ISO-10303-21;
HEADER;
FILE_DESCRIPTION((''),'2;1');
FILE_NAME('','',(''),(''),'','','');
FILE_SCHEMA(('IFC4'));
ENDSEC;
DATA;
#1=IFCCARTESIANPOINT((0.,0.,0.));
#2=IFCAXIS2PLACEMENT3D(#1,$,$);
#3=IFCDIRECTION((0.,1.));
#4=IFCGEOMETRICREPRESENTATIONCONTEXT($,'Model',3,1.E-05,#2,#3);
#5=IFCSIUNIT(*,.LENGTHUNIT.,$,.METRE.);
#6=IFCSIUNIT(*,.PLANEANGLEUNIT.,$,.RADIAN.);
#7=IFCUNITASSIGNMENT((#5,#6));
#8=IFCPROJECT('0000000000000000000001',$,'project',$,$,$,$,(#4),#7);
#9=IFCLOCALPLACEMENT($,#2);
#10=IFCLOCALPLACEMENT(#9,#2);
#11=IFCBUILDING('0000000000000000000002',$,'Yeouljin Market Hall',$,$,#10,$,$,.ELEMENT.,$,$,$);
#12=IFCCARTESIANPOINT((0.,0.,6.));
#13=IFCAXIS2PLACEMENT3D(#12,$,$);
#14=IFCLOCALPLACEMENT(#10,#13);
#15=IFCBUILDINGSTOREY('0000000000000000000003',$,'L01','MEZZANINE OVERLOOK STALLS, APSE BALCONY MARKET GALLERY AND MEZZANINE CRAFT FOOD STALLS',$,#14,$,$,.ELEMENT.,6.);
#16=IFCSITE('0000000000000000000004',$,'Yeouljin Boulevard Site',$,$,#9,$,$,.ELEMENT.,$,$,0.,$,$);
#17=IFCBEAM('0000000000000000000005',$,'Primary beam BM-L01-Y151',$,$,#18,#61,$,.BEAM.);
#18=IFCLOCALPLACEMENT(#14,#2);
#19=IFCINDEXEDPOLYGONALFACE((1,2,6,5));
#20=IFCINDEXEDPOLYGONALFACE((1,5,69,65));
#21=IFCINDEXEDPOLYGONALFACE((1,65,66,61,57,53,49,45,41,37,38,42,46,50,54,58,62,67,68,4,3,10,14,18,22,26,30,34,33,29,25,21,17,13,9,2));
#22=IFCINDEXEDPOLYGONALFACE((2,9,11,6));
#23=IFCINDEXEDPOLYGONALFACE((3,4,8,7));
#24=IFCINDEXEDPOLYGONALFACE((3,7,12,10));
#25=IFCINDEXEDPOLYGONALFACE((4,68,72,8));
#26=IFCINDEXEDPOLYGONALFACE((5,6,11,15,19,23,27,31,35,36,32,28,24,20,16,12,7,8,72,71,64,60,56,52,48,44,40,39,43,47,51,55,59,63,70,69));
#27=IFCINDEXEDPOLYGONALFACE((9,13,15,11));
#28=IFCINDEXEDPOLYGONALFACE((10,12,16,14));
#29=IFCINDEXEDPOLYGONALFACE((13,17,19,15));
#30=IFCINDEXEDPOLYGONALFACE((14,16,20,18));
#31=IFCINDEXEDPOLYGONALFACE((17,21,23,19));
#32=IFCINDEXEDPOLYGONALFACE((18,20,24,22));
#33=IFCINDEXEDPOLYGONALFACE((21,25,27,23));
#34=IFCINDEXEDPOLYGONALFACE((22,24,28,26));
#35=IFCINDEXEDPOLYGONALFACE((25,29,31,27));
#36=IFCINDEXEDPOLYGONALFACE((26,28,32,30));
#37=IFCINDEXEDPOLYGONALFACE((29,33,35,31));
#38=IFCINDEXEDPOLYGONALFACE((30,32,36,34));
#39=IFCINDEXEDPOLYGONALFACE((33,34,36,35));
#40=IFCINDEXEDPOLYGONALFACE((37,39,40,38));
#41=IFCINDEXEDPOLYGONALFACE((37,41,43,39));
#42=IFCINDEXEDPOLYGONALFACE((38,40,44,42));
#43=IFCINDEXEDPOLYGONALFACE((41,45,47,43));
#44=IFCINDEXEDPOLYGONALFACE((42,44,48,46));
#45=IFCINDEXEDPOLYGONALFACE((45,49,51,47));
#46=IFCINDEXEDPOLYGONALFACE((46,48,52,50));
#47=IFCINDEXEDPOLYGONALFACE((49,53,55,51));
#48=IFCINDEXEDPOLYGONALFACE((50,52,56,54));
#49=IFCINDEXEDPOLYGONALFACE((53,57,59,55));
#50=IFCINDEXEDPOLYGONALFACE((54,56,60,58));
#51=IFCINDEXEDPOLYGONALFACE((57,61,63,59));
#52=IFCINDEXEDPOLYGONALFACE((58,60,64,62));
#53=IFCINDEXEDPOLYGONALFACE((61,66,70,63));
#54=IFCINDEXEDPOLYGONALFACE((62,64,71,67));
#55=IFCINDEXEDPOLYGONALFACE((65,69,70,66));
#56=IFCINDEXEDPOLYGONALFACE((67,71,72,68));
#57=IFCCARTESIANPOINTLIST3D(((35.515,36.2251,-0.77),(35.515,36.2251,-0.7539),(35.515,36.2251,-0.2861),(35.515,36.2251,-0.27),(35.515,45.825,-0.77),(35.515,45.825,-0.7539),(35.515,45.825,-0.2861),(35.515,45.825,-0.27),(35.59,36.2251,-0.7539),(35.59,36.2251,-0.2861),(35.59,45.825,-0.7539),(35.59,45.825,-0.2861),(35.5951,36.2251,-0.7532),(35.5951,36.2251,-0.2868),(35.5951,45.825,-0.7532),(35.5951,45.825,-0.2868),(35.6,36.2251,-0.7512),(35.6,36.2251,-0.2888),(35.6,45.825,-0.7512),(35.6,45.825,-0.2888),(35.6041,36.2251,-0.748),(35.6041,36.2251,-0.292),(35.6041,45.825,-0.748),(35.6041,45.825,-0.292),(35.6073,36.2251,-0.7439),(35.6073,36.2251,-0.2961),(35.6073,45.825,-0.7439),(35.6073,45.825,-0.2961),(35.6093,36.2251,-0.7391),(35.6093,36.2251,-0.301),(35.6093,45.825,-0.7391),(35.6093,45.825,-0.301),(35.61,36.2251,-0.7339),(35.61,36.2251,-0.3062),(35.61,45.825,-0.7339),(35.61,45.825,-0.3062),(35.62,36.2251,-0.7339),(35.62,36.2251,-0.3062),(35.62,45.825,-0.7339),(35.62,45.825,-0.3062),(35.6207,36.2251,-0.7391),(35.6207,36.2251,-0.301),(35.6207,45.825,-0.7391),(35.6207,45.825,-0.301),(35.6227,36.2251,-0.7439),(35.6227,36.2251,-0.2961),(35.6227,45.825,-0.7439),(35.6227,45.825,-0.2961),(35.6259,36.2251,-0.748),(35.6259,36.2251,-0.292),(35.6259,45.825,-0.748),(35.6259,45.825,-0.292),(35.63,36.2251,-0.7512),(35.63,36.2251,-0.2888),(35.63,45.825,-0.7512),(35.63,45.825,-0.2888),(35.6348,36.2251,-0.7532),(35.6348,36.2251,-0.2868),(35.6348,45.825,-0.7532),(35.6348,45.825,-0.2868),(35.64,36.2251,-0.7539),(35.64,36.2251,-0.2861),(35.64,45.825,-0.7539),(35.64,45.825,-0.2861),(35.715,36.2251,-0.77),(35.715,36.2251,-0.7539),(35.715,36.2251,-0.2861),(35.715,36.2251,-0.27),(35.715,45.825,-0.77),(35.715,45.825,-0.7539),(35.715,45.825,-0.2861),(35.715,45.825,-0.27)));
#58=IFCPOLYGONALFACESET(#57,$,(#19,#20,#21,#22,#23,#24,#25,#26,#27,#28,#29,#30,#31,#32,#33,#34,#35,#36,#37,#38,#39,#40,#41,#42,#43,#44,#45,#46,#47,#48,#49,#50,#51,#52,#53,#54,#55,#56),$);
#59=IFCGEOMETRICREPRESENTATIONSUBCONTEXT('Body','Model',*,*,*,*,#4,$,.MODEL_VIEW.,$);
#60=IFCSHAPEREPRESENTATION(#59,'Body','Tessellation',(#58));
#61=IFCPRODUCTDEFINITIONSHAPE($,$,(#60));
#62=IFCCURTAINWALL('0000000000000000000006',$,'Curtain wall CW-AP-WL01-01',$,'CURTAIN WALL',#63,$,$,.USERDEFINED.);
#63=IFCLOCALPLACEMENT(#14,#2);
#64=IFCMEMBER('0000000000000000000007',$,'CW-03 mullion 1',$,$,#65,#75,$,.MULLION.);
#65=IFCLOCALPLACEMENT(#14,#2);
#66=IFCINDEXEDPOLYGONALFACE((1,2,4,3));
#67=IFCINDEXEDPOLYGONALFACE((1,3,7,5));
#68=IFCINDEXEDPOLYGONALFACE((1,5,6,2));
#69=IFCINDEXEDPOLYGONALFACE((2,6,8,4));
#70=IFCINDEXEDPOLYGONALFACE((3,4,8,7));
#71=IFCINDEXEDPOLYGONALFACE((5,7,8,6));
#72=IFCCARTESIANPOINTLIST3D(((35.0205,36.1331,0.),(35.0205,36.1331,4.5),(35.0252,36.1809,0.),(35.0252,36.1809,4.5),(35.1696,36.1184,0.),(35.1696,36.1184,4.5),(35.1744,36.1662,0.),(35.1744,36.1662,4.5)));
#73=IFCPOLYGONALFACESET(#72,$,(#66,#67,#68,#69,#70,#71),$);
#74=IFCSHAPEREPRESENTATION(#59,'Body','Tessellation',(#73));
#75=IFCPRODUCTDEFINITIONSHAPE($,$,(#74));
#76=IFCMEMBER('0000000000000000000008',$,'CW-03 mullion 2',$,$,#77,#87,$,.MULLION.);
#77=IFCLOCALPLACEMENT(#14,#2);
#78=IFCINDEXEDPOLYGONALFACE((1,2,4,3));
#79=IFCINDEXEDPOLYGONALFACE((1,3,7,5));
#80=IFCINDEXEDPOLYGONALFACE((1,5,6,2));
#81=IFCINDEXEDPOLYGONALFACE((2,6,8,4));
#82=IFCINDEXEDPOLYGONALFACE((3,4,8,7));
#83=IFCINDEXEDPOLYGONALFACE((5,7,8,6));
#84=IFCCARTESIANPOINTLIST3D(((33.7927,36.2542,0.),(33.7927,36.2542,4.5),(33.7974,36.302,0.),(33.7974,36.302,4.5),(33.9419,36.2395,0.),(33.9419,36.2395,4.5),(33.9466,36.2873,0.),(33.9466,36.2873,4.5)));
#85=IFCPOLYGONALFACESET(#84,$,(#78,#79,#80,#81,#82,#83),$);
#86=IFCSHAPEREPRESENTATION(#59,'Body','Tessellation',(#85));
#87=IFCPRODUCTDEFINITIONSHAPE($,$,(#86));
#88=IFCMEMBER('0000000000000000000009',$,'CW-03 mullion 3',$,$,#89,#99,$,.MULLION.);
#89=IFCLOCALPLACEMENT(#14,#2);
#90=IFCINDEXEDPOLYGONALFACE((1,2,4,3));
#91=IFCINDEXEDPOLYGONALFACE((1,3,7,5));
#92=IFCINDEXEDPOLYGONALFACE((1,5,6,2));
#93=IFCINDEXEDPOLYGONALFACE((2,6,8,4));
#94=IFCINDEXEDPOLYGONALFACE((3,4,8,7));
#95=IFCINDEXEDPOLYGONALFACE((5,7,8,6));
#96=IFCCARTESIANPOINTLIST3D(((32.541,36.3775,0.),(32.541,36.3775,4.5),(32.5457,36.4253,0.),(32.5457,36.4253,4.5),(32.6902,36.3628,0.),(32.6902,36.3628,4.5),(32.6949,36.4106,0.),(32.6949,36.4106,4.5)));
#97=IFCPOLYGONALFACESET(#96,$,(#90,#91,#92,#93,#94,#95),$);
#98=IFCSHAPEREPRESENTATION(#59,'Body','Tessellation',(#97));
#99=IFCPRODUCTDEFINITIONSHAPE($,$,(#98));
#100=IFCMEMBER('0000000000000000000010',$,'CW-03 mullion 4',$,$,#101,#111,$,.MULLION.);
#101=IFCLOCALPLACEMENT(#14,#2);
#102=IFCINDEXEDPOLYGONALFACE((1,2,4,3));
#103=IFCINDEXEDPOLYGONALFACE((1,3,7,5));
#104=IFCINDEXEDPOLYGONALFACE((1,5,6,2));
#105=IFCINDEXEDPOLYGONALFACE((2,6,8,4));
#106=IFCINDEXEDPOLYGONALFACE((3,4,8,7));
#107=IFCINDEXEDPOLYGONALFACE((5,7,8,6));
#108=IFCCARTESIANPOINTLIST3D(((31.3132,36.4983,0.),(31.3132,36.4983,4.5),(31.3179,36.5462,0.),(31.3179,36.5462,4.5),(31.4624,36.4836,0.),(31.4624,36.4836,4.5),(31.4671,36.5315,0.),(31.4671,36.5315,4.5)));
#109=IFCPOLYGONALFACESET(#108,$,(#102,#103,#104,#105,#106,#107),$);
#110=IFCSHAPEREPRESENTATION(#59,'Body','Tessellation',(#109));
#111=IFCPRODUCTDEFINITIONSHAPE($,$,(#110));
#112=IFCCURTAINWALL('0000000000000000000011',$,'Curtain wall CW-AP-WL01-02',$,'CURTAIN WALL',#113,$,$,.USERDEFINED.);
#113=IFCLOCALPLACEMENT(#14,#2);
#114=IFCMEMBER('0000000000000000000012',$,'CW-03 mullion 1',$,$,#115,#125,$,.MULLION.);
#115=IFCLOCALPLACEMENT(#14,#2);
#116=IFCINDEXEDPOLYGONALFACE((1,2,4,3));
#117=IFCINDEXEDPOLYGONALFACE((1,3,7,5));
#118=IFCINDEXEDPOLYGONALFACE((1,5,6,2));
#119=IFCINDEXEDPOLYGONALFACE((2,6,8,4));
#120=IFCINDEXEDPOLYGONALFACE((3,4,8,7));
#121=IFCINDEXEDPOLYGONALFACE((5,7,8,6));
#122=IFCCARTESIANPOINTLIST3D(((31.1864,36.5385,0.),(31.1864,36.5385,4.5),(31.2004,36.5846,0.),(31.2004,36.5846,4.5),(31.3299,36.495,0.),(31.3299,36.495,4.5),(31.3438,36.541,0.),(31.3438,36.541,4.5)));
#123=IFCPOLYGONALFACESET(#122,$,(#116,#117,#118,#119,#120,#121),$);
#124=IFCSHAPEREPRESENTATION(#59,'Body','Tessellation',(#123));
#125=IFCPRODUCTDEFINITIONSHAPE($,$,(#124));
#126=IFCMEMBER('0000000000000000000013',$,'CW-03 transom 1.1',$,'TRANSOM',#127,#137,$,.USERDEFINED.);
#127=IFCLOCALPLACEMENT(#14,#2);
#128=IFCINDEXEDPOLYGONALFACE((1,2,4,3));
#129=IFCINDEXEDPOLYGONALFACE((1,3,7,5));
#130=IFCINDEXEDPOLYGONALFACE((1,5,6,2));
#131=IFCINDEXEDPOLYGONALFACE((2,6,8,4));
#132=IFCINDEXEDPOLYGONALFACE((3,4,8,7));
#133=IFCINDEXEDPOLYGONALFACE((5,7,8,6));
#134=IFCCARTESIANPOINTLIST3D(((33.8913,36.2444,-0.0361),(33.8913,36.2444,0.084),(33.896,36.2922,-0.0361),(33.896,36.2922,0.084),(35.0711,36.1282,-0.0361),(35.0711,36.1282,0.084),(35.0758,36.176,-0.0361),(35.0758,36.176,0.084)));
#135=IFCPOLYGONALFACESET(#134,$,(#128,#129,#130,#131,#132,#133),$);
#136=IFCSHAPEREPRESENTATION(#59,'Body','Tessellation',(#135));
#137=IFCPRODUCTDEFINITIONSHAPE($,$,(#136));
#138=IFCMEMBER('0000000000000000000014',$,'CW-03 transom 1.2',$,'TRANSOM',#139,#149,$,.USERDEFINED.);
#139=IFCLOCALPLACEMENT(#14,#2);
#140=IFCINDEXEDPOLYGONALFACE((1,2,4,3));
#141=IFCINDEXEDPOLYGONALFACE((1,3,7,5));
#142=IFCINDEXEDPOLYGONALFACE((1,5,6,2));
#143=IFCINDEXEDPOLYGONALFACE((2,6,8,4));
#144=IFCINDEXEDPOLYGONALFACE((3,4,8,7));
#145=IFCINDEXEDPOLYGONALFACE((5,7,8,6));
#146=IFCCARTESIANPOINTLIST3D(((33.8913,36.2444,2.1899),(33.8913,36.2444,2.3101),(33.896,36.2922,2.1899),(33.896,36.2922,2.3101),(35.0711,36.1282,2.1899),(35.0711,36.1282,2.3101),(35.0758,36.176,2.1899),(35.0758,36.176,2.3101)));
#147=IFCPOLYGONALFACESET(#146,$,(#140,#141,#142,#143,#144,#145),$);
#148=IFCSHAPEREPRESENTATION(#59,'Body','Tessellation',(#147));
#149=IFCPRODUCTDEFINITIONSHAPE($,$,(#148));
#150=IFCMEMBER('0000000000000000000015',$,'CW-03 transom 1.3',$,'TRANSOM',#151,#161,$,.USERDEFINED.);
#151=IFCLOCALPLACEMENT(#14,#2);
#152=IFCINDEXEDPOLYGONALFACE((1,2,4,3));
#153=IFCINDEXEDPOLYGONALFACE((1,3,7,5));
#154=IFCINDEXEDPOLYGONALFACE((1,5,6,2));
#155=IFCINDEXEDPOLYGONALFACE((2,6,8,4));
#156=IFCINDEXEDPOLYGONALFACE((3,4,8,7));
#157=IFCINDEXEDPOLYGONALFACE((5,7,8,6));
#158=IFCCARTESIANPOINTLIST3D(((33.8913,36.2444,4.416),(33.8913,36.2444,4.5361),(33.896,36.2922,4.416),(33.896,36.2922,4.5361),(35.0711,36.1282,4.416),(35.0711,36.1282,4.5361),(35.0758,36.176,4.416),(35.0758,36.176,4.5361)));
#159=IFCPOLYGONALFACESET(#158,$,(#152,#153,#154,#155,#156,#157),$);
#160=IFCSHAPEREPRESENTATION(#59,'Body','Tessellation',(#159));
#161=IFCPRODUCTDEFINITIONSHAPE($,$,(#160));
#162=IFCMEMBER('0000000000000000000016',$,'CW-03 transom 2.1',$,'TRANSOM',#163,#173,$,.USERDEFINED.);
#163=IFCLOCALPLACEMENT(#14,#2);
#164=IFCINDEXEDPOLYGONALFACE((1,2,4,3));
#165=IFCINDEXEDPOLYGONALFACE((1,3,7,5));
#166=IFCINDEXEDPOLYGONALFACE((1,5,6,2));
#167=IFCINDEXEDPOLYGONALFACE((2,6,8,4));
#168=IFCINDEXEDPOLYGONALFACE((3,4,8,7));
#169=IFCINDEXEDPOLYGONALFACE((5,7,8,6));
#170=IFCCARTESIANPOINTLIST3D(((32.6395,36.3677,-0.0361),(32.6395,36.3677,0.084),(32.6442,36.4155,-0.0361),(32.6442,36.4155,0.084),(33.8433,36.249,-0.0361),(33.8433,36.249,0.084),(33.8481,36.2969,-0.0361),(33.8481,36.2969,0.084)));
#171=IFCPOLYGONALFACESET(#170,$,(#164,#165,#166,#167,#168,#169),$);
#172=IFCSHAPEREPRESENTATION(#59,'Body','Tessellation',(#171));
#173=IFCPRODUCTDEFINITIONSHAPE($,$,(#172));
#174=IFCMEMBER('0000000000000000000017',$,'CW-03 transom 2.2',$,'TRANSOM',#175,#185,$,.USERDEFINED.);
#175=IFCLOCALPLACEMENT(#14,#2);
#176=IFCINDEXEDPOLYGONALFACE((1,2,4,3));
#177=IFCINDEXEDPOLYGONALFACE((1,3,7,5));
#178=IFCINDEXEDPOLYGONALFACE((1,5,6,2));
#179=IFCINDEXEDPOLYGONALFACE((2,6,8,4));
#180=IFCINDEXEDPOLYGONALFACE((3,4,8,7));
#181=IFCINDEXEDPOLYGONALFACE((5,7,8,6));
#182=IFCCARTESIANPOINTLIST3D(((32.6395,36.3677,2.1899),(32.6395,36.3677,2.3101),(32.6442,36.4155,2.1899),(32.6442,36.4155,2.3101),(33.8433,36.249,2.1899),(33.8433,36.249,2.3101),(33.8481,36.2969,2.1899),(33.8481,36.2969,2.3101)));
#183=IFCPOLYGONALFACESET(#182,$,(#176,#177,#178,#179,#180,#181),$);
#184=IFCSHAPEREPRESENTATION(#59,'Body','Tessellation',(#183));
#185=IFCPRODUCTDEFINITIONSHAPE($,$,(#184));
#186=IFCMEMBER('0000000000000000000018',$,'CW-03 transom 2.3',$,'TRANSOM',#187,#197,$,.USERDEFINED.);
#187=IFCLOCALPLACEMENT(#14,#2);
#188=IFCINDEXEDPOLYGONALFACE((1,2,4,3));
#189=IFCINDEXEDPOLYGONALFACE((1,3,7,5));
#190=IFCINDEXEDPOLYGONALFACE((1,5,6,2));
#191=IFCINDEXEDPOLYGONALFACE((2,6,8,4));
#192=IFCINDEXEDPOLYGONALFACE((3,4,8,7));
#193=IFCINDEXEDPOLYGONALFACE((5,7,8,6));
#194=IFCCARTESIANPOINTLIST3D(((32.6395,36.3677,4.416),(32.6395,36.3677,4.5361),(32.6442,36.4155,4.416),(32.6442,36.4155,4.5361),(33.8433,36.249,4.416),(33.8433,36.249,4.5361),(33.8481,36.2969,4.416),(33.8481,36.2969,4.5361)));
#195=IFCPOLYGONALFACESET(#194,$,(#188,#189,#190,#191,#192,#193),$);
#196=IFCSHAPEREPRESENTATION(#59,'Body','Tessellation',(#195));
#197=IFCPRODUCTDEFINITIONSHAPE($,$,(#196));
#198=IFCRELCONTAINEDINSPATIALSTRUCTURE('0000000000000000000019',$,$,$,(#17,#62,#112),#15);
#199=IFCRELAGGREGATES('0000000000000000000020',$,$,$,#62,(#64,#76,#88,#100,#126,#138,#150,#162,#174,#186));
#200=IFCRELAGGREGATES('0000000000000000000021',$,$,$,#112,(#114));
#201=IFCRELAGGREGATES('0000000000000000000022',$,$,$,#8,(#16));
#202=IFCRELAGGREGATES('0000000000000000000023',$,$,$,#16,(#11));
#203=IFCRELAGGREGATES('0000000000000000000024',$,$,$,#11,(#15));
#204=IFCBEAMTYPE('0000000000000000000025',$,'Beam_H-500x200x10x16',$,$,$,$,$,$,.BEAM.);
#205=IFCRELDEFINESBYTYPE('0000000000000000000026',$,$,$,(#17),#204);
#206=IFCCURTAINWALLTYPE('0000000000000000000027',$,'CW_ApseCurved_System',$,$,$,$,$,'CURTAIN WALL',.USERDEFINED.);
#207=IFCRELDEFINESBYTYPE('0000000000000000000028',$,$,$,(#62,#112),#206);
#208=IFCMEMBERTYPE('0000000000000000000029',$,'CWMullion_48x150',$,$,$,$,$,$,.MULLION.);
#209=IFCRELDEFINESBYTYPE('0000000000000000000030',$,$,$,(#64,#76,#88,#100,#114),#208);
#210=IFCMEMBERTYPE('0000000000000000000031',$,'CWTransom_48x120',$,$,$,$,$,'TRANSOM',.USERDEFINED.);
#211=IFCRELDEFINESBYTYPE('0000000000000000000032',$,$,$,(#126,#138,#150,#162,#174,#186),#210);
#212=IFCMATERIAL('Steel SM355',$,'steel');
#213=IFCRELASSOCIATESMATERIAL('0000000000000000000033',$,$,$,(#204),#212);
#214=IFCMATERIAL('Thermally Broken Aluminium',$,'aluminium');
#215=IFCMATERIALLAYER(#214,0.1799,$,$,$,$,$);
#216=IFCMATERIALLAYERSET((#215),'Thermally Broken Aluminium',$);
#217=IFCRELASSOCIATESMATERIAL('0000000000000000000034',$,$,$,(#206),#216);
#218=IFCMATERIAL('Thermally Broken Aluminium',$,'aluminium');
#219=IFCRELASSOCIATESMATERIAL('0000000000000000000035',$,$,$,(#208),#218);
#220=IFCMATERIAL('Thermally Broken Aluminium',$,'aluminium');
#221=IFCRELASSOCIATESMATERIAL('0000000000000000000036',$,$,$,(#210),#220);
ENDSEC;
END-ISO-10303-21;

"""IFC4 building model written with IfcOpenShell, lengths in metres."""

from ifc_helpers import new_model, si_unit, direction, frame, origin, origin_2d, place, context, subcontext, project, spatial, rectangle, i_section, extrude, material, layer, layer_set, material_profile, profile_set, type_object, element, aggregate, save


model = new_model("IFC4")

# Units and contexts
model_context = context("Model", 3, precision=1e-05, world=origin(), true_north=direction((0.0, 1.0)))
body_context = subcontext(model_context, "Body", "Model", "MODEL_VIEW")
ifc_project = project(units=[si_unit("LENGTHUNIT", "METRE"), si_unit("PLANEANGLEUNIT", "RADIAN")], contexts=[model_context])

# Site, building, storey
site_placement = place(None, origin())
site = spatial("IfcSite", under=ifc_project, at=site_placement, Name="Yeouljin Boulevard Site", CompositionType="ELEMENT", RefElevation=0.0)
building_placement = place(site_placement, origin())
building = spatial("IfcBuilding", under=site, at=building_placement, Name="Yeouljin Market Hall", CompositionType="ELEMENT")
storey_placement = place(building_placement, frame((0.0, 0.0, 6.0)))
storey = spatial("IfcBuildingStorey", under=building, at=storey_placement, Name="L01", Description="MEZZANINE OVERLOOK STALLS, APSE BALCONY MARKET GALLERY AND MEZZANINE CRAFT FOOD STALLS", CompositionType="ELEMENT", Elevation=6.0)

# Beam
ifc_material_1 = material(Name="Steel SM355", Category="steel")
ifc_material_profile_1 = material_profile(ifc_material_1, i_section(OverallWidth=0.2, OverallDepth=0.5, WebThickness=0.01, FlangeThickness=0.0161, FilletRadius=0.02, at=origin_2d()), Name="H-500x200x10x16")
ifc_profile_set_1 = profile_set([ifc_material_profile_1], Name="Steel SM355")
beam_type = type_object("IfcBeamType", Name="Beam_H-500x200x10x16", PredefinedType="BEAM", material=ifc_profile_set_1)
beam_placement = place(storey_placement, frame((35.615, 36.2251, -0.52), z_axis=(0.0, 1.0, 0.0), x_axis=(-1.0, 0.0, 0.0)))
element("IfcBeam", 1, at=beam_placement, inside=storey, type_object=beam_type, Name="Primary beam BM-L01-Y151", PredefinedType="BEAM", context=body_context, shape_type="SweptSolid", body=[
    extrude(i_section(OverallWidth=0.2, OverallDepth=0.5, WebThickness=0.01, FlangeThickness=0.0161, FilletRadius=0.02, at=origin_2d()), origin(), (0.0, 0.0, 1.0), 9.5999),
])

# Curtain wall, members
ifc_material_2 = material(Name="Thermally Broken Aluminium", Category="aluminium")
ifc_layer_1 = layer(ifc_material_2, 0.1799)
ifc_layer_set_1 = layer_set([ifc_layer_1], Name="Thermally Broken Aluminium")
curtain_wall_type = type_object("IfcCurtainWallType", Name="CW_ApseCurved_System", ElementType="CURTAIN WALL", PredefinedType="USERDEFINED", material=ifc_layer_set_1)
curtain_wall_1_placement = place(storey_placement, origin())
curtain_wall_1 = element("IfcCurtainWall", 2, at=curtain_wall_1_placement, inside=storey, type_object=curtain_wall_type, Name="Curtain wall CW-AP-WL01-01", ObjectType="CURTAIN WALL", PredefinedType="USERDEFINED")
ifc_material_3 = material(Name="Thermally Broken Aluminium", Category="aluminium")
ifc_material_profile_2 = material_profile(ifc_material_3, rectangle(XDim=0.0481, YDim=0.1499, at=origin_2d()), Name="CW-MULL-48x150")
ifc_profile_set_2 = profile_set([ifc_material_profile_2], Name="Thermally Broken Aluminium")
member_type_1 = type_object("IfcMemberType", Name="CWMullion_48x150", PredefinedType="MULLION", material=ifc_profile_set_2)
member_1_placement = place(storey_placement, frame((35.0974, 36.1497, 0.0), z_axis=(0.0, 0.0, 1.0), x_axis=(-0.098034, -0.995183, 0.0)))
member_1 = element("IfcMember", 3, at=member_1_placement, type_object=member_type_1, Name="CW-03 mullion 1", PredefinedType="MULLION", context=body_context, shape_type="SweptSolid", body=[
    extrude(rectangle(XDim=0.0481, YDim=0.1499, at=origin_2d()), origin(), (0.0, 0.0, 1.0), 4.5),
])
member_2_placement = place(storey_placement, frame((33.8696, 36.2708, 0.0), z_axis=(0.0, 0.0, 1.0), x_axis=(-0.098034, -0.995183, 0.0)))
member_2 = element("IfcMember", 4, at=member_2_placement, type_object=member_type_1, Name="CW-03 mullion 2", PredefinedType="MULLION", context=body_context, shape_type="SweptSolid", body=[
    extrude(rectangle(XDim=0.0481, YDim=0.1499, at=origin_2d()), origin(), (0.0, 0.0, 1.0), 4.5),
])
member_3_placement = place(storey_placement, frame((32.6179, 36.394, 0.0), z_axis=(0.0, 0.0, 1.0), x_axis=(-0.098034, -0.995183, 0.0)))
member_3 = element("IfcMember", 5, at=member_3_placement, type_object=member_type_1, Name="CW-03 mullion 3", PredefinedType="MULLION", context=body_context, shape_type="SweptSolid", body=[
    extrude(rectangle(XDim=0.0481, YDim=0.1499, at=origin_2d()), origin(), (0.0, 0.0, 1.0), 4.5),
])
member_4_placement = place(storey_placement, frame((31.3901, 36.5149, 0.0), z_axis=(0.0, 0.0, 1.0), x_axis=(-0.098034, -0.995183, 0.0)))
member_4 = element("IfcMember", 6, at=member_4_placement, type_object=member_type_1, Name="CW-03 mullion 4", PredefinedType="MULLION", context=body_context, shape_type="SweptSolid", body=[
    extrude(rectangle(XDim=0.0481, YDim=0.1499, at=origin_2d()), origin(), (0.0, 0.0, 1.0), 4.5),
])

# Curtain wall, member
curtain_wall_2_placement = place(storey_placement, origin())
curtain_wall_2 = element("IfcCurtainWall", 7, at=curtain_wall_2_placement, inside=storey, type_object=curtain_wall_type, Name="Curtain wall CW-AP-WL01-02", ObjectType="CURTAIN WALL", PredefinedType="USERDEFINED")
member_5_placement = place(storey_placement, frame((31.2651, 36.5398, 0.0), z_axis=(0.0, 0.0, 1.0), x_axis=(-0.290286, -0.95694, 0.0)))
member_5 = element("IfcMember", 8, at=member_5_placement, type_object=member_type_1, Name="CW-03 mullion 1", PredefinedType="MULLION", context=body_context, shape_type="SweptSolid", body=[
    extrude(rectangle(XDim=0.0481, YDim=0.1499, at=origin_2d()), origin(), (0.0, 0.0, 1.0), 4.5),
])

# Members
ifc_material_4 = material(Name="Thermally Broken Aluminium", Category="aluminium")
ifc_material_profile_3 = material_profile(ifc_material_4, rectangle(XDim=0.0481, YDim=0.1201, at=origin_2d()), Name="CW-TRAN-48x120")
ifc_profile_set_3 = profile_set([ifc_material_profile_3], Name="Thermally Broken Aluminium")
member_type_2 = type_object("IfcMemberType", Name="CWTransom_48x120", ElementType="TRANSOM", PredefinedType="USERDEFINED", material=ifc_profile_set_3)
member_6_placement = place(storey_placement, frame((35.0735, 36.1521, 0.0239), z_axis=(-0.995185, 0.098015, 0.0), x_axis=(-0.098015, -0.995185, 0.0)))
member_6 = element("IfcMember", 9, at=member_6_placement, type_object=member_type_2, Name="CW-03 transom 1.1", ObjectType="TRANSOM", PredefinedType="USERDEFINED", context=body_context, shape_type="SweptSolid", body=[
    extrude(rectangle(XDim=0.0481, YDim=0.1201, at=origin_2d()), origin(), (0.0, 0.0, 1.0), 1.1855),
])
member_7_placement = place(storey_placement, frame((35.0735, 36.1521, 2.25), z_axis=(-0.995185, 0.098015, 0.0), x_axis=(-0.098015, -0.995185, 0.0)))
member_7 = element("IfcMember", 10, at=member_7_placement, type_object=member_type_2, Name="CW-03 transom 1.2", ObjectType="TRANSOM", PredefinedType="USERDEFINED", context=body_context, shape_type="SweptSolid", body=[
    extrude(rectangle(XDim=0.0481, YDim=0.1201, at=origin_2d()), origin(), (0.0, 0.0, 1.0), 1.1855),
])
member_8_placement = place(storey_placement, frame((35.0735, 36.1521, 4.4761), z_axis=(-0.995185, 0.098015, 0.0), x_axis=(-0.098015, -0.995185, 0.0)))
member_8 = element("IfcMember", 11, at=member_8_placement, type_object=member_type_2, Name="CW-03 transom 1.3", ObjectType="TRANSOM", PredefinedType="USERDEFINED", context=body_context, shape_type="SweptSolid", body=[
    extrude(rectangle(XDim=0.0481, YDim=0.1201, at=origin_2d()), origin(), (0.0, 0.0, 1.0), 1.1855),
])
member_9_placement = place(storey_placement, frame((33.8457, 36.2729, 0.0239), z_axis=(-0.995178, 0.098085, 0.0), x_axis=(-0.098085, -0.995178, 0.0)))
member_9 = element("IfcMember", 12, at=member_9_placement, type_object=member_type_2, Name="CW-03 transom 2.1", ObjectType="TRANSOM", PredefinedType="USERDEFINED", context=body_context, shape_type="SweptSolid", body=[
    extrude(rectangle(XDim=0.0481, YDim=0.1201, at=origin_2d()), origin(), (0.0, 0.0, 1.0), 1.2097),
])
member_10_placement = place(storey_placement, frame((33.8457, 36.2729, 2.25), z_axis=(-0.995178, 0.098085, 0.0), x_axis=(-0.098085, -0.995178, 0.0)))
member_10 = element("IfcMember", 13, at=member_10_placement, type_object=member_type_2, Name="CW-03 transom 2.2", ObjectType="TRANSOM", PredefinedType="USERDEFINED", context=body_context, shape_type="SweptSolid", body=[
    extrude(rectangle(XDim=0.0481, YDim=0.1201, at=origin_2d()), origin(), (0.0, 0.0, 1.0), 1.2097),
])
member_11_placement = place(storey_placement, frame((33.8457, 36.2729, 4.4761), z_axis=(-0.995178, 0.098085, 0.0), x_axis=(-0.098085, -0.995178, 0.0)))
member_11 = element("IfcMember", 14, at=member_11_placement, type_object=member_type_2, Name="CW-03 transom 2.3", ObjectType="TRANSOM", PredefinedType="USERDEFINED", context=body_context, shape_type="SweptSolid", body=[
    extrude(rectangle(XDim=0.0481, YDim=0.1201, at=origin_2d()), origin(), (0.0, 0.0, 1.0), 1.2097),
])

aggregate(curtain_wall_1, [member_1, member_2, member_3, member_4, member_6, member_7, member_8, member_9, member_10, member_11])
aggregate(curtain_wall_2, [member_5])

save(model, "model.ifc")
